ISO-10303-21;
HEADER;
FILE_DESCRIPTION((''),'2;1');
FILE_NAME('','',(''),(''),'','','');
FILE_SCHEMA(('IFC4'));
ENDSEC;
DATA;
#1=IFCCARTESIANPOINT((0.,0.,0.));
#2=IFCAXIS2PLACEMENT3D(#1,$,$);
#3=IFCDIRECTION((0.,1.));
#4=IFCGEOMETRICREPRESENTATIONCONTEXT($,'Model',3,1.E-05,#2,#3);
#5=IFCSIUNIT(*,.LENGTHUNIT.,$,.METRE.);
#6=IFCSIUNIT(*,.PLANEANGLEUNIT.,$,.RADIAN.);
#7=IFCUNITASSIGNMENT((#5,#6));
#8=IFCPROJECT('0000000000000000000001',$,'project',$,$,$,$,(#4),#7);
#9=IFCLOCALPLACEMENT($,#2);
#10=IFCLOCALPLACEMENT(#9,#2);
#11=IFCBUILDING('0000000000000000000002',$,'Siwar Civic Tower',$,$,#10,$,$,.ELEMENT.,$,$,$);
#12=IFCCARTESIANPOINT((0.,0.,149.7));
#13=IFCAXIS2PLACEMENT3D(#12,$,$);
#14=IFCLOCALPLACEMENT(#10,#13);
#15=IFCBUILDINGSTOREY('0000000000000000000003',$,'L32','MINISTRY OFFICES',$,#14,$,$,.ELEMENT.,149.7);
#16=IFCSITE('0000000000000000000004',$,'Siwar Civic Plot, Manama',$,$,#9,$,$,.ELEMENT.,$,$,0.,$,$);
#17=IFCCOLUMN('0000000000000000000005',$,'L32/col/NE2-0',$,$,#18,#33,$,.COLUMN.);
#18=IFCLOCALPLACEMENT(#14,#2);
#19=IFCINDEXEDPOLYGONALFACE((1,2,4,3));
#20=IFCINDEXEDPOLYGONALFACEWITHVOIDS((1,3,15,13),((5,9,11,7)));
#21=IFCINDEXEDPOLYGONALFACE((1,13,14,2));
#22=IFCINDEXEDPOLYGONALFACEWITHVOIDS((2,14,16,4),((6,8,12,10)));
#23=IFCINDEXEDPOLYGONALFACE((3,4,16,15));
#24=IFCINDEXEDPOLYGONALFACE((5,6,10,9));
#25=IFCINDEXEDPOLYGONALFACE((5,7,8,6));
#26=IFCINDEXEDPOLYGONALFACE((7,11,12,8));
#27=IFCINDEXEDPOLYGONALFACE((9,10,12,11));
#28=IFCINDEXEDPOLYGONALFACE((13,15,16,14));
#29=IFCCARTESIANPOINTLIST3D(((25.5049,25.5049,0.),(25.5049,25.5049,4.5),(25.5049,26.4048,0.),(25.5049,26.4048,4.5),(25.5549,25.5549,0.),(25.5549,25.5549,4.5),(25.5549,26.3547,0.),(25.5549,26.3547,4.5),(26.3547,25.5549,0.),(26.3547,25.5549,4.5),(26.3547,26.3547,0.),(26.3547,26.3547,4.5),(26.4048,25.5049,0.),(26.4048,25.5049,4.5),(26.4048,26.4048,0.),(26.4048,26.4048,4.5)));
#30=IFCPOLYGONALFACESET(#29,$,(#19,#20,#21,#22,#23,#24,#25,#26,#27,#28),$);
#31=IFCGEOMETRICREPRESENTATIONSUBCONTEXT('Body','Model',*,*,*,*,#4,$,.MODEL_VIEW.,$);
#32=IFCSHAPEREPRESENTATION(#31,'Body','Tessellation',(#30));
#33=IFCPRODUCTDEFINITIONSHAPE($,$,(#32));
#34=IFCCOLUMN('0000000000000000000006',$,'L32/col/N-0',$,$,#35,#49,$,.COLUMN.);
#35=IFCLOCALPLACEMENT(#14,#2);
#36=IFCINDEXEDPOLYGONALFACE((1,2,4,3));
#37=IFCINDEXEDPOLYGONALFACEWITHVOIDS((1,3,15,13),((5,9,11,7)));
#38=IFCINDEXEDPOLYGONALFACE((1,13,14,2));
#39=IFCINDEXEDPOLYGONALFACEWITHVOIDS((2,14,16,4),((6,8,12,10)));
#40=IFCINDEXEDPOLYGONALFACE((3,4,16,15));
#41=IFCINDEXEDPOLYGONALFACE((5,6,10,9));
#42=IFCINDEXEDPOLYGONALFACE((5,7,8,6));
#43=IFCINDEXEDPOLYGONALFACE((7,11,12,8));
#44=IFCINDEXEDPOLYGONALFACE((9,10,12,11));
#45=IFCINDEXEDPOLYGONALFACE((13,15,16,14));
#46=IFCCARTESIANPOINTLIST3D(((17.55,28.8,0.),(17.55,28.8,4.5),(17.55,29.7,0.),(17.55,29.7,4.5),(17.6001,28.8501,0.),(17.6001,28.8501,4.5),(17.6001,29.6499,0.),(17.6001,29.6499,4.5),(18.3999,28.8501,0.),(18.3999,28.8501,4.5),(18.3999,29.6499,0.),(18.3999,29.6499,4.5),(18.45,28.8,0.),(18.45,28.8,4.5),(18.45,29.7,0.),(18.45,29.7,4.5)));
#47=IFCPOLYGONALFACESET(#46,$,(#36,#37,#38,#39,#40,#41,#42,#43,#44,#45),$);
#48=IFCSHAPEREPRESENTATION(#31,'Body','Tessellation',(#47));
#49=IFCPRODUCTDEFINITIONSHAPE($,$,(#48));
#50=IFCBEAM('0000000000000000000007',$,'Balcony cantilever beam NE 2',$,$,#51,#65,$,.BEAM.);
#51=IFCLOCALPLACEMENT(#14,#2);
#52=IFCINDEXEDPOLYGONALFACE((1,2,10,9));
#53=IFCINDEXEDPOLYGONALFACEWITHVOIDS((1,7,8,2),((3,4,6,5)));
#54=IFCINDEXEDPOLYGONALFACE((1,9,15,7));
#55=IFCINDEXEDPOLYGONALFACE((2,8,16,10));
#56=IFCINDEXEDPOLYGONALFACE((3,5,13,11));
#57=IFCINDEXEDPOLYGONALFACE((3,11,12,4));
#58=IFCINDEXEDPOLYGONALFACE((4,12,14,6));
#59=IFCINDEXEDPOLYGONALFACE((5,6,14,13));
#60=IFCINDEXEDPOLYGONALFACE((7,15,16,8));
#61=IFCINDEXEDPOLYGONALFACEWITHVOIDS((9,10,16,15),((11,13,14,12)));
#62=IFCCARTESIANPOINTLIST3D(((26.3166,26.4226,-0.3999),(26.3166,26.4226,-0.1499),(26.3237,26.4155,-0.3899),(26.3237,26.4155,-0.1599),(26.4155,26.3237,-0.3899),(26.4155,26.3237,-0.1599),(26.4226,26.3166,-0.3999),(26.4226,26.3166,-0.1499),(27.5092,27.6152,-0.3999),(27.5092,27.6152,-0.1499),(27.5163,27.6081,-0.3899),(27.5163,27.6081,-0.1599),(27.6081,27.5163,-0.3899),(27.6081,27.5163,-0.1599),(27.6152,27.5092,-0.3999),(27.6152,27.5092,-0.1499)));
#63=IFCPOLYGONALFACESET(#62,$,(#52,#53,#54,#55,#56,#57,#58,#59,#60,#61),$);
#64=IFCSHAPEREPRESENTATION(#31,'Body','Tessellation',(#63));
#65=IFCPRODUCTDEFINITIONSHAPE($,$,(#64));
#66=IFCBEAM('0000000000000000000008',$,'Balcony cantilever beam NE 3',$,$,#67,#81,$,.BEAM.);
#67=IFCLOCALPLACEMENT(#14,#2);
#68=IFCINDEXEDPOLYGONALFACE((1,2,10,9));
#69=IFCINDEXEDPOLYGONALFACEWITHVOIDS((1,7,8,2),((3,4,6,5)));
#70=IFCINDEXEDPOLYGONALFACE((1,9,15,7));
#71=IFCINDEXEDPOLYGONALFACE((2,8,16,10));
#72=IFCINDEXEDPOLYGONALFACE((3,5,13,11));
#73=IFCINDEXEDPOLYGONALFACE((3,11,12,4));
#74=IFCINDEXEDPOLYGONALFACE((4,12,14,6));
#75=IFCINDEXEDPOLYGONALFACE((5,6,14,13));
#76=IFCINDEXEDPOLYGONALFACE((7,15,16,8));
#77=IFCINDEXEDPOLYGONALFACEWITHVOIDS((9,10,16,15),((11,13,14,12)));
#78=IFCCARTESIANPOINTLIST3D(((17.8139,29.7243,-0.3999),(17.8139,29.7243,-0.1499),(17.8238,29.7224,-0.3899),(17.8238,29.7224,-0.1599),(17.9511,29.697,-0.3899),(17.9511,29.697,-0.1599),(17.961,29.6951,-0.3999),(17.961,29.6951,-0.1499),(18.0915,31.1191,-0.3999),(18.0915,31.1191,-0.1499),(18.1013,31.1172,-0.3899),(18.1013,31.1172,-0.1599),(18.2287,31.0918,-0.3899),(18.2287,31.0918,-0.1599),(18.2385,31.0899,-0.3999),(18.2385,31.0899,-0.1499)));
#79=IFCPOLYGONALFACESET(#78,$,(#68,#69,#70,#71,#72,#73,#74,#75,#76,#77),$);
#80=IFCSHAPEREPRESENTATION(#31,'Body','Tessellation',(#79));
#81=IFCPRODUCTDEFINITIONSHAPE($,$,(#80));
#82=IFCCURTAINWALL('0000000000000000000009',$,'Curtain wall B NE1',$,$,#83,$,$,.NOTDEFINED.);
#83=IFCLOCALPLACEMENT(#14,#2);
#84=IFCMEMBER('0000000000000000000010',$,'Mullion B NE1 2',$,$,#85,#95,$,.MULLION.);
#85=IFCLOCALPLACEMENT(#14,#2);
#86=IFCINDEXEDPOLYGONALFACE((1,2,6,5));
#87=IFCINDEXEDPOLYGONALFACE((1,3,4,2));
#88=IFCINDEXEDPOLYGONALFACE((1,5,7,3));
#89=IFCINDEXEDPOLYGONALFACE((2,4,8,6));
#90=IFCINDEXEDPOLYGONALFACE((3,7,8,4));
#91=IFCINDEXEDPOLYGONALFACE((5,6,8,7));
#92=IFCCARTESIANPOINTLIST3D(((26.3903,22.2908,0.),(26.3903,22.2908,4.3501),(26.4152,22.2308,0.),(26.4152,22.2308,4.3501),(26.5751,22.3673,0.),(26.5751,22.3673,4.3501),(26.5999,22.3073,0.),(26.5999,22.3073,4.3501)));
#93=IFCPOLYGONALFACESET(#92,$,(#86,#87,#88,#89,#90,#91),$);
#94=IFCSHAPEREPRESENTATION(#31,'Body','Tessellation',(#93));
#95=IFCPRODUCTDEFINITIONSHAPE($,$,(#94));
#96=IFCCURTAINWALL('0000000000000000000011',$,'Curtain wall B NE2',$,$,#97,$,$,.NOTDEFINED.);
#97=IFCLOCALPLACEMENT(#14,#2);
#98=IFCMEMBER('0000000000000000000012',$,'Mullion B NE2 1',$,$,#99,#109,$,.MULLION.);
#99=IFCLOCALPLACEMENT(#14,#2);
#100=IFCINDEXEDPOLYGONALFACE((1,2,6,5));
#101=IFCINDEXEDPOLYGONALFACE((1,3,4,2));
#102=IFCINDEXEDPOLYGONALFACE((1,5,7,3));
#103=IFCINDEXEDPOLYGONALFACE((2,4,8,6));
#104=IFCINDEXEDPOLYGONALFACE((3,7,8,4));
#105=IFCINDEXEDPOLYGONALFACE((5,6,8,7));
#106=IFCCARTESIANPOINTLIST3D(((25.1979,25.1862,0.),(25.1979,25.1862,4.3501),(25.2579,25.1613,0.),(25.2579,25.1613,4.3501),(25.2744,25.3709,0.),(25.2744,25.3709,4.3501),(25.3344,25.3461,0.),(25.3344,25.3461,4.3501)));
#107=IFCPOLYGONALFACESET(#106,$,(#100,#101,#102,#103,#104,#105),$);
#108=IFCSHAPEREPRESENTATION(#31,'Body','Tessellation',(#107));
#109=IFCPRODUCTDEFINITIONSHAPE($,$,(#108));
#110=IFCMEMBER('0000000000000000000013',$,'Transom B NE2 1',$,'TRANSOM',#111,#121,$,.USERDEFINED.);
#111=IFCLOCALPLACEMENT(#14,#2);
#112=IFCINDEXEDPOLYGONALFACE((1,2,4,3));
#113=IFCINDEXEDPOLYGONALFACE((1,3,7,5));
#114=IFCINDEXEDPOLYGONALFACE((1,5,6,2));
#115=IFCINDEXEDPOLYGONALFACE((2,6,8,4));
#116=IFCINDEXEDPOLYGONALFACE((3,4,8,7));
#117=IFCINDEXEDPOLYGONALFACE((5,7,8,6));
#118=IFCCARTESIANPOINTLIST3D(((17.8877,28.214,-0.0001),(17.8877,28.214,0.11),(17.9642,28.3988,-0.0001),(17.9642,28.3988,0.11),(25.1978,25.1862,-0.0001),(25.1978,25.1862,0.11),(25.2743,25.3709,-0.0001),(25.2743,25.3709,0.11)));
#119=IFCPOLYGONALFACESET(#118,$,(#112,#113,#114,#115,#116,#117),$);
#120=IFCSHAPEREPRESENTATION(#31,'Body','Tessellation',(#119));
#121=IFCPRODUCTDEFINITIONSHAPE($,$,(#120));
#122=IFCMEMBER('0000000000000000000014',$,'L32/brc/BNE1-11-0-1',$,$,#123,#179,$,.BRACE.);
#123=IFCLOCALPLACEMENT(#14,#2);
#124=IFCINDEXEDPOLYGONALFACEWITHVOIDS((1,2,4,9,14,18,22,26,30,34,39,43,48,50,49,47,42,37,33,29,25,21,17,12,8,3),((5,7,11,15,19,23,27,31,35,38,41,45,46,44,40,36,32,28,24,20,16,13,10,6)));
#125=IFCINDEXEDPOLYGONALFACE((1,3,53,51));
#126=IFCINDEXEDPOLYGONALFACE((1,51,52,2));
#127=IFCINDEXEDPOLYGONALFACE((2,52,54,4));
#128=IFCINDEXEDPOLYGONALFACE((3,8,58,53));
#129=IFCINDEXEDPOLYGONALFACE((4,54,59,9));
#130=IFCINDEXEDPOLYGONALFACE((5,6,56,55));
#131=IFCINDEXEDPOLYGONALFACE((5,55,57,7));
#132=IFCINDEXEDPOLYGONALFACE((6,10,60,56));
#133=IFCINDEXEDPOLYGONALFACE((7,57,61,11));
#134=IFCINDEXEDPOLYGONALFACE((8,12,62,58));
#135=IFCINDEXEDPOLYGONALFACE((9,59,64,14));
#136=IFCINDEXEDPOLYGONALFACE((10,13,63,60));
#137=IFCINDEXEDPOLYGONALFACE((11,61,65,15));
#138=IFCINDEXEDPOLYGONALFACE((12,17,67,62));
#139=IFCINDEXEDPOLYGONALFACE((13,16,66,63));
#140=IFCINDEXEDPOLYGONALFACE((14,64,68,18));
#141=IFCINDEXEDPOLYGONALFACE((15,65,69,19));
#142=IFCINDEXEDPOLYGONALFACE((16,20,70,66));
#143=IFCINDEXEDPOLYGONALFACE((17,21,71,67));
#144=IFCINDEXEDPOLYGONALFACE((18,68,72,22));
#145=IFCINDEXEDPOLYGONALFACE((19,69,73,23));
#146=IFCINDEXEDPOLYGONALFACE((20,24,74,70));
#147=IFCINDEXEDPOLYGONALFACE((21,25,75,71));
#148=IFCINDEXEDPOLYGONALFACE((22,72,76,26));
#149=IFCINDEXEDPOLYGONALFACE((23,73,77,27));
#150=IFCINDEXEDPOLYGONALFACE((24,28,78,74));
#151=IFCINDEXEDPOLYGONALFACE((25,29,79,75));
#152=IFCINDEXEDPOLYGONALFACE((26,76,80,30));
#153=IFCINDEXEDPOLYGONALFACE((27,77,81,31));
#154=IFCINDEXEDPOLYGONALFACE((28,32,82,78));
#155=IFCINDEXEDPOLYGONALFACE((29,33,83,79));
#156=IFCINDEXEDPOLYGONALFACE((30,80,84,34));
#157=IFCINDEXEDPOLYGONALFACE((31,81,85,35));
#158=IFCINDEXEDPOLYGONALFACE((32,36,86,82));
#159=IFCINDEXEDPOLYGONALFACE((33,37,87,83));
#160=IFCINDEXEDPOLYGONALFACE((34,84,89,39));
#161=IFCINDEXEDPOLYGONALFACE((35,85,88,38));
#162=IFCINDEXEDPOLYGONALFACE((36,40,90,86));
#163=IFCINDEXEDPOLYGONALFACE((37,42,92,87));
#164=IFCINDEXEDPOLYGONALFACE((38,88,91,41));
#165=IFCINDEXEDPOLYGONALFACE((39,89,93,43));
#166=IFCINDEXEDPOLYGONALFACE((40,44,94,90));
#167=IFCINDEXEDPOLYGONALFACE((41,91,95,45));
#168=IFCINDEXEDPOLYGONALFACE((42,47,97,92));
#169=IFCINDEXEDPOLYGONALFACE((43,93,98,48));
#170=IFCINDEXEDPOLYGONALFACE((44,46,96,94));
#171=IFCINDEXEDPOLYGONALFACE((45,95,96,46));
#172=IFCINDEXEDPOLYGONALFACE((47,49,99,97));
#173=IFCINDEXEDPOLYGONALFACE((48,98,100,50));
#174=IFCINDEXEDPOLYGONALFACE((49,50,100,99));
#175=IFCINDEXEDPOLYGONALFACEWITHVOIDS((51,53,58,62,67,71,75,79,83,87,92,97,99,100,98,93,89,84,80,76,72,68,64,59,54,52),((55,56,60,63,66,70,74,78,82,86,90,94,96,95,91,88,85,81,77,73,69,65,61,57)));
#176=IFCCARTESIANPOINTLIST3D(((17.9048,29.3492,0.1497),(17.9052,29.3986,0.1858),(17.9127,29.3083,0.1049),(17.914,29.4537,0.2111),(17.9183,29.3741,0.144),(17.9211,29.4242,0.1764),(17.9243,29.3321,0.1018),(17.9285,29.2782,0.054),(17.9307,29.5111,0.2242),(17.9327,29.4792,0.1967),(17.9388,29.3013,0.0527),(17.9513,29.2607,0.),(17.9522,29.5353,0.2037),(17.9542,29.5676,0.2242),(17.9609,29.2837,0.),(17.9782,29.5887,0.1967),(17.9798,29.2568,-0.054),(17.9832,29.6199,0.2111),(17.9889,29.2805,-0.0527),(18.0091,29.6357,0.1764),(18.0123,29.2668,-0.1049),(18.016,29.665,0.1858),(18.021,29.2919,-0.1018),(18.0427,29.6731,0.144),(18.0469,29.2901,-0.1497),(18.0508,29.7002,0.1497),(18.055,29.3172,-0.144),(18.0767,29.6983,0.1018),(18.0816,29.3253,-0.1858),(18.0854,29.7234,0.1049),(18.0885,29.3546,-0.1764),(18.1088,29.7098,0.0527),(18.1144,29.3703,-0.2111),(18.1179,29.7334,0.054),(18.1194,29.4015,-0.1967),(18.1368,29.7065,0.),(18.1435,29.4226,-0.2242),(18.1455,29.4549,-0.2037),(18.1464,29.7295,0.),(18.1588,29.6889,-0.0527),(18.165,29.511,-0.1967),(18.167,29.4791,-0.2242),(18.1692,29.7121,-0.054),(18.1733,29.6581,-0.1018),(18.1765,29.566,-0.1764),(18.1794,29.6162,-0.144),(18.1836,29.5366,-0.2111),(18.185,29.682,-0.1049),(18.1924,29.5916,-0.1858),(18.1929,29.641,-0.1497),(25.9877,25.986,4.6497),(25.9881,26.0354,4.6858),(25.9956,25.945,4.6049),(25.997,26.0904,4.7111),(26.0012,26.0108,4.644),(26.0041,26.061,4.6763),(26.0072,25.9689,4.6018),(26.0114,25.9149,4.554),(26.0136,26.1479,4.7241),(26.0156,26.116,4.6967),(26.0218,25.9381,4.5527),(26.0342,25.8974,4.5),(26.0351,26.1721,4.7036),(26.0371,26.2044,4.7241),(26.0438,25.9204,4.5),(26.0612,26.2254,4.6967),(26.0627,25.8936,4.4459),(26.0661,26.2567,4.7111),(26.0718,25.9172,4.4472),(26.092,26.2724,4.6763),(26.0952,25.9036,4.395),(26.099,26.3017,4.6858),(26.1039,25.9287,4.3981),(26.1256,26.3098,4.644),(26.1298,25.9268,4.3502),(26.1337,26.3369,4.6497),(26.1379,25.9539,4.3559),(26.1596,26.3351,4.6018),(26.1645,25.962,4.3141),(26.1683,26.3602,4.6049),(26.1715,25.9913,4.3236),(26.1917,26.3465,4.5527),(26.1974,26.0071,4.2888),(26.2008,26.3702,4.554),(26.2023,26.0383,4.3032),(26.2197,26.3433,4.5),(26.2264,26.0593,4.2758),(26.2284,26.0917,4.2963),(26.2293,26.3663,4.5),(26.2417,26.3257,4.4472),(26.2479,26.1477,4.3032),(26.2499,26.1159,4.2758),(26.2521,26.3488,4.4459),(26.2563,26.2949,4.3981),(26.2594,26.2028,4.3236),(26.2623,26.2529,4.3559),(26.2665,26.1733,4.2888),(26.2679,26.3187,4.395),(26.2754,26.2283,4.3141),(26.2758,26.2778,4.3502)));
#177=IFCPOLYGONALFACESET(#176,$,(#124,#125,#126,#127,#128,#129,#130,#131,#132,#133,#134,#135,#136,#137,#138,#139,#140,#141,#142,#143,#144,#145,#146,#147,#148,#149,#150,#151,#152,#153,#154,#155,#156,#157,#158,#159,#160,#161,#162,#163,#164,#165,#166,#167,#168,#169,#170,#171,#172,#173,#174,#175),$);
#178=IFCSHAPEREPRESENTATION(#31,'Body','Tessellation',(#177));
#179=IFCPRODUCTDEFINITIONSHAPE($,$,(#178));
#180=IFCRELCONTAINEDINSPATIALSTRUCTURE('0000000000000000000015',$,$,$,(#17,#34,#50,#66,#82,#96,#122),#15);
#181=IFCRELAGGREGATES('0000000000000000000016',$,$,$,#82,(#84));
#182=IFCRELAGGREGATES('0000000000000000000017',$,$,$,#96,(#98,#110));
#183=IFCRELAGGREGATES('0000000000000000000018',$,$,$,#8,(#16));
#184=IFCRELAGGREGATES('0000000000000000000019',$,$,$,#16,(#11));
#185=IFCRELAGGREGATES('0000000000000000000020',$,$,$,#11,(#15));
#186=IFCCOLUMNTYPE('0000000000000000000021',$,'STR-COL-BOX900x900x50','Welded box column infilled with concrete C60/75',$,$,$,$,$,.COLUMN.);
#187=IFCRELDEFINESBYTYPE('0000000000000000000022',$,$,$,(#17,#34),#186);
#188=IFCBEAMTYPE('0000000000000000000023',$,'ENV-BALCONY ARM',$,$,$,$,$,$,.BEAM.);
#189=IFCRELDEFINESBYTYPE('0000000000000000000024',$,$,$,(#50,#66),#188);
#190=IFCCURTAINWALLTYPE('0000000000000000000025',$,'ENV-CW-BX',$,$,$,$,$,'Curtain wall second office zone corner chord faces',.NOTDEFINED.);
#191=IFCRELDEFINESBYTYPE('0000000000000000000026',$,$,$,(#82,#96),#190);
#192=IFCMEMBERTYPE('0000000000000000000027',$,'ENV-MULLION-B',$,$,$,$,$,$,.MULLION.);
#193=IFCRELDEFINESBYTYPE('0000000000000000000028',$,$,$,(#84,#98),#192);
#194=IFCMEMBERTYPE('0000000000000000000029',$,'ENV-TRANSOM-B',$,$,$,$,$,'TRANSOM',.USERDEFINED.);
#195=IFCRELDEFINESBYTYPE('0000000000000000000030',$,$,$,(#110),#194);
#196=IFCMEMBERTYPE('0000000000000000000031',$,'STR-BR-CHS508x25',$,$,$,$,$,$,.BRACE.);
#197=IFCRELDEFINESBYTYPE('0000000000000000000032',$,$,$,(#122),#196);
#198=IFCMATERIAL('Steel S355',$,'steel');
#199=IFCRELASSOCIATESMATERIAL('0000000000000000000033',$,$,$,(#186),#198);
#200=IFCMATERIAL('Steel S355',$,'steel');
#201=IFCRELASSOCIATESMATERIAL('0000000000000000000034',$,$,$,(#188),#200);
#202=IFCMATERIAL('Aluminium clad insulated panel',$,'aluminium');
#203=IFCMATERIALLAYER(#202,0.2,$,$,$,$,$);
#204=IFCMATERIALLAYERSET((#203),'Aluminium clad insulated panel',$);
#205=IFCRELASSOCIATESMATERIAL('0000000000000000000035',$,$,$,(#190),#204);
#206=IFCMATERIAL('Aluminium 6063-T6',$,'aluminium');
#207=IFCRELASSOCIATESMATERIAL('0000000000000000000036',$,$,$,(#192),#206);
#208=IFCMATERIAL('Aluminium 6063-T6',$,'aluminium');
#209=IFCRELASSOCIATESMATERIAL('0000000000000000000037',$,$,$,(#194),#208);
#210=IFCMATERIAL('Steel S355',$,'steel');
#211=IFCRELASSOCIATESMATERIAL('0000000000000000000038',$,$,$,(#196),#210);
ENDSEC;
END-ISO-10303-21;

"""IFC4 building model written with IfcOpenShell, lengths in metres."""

from ifc_helpers import new_model, si_unit, direction, frame, origin, origin_2d, place, context, subcontext, project, spatial, rectangle, hollow_rectangle, hollow_circle, extrude, material, layer, layer_set, material_profile, profile_set, type_object, element, aggregate, save


model = new_model("IFC4")

# Units and contexts
model_context = context("Model", 3, precision=1e-05, world=origin(), true_north=direction((0.0, 1.0)))
body_context = subcontext(model_context, "Body", "Model", "MODEL_VIEW")
ifc_project = project(units=[si_unit("LENGTHUNIT", "METRE"), si_unit("PLANEANGLEUNIT", "RADIAN")], contexts=[model_context])

# Site, building, storey
site_placement = place(None, origin())
site = spatial("IfcSite", under=ifc_project, at=site_placement, Name="Siwar Civic Plot, Manama", CompositionType="ELEMENT", RefElevation=0.0)
building_placement = place(site_placement, origin())
building = spatial("IfcBuilding", under=site, at=building_placement, Name="Siwar Civic Tower", CompositionType="ELEMENT")
storey_placement = place(building_placement, frame((0.0, 0.0, 149.7)))
storey = spatial("IfcBuildingStorey", under=building, at=storey_placement, Name="L32", Description="MINISTRY OFFICES", CompositionType="ELEMENT", Elevation=149.7)

# Columns
ifc_material_1 = material(Name="Steel S355", Category="steel")
ifc_material_profile_1 = material_profile(ifc_material_1, hollow_rectangle(XDim=0.8999, YDim=0.8999, WallThickness=0.05, at=origin_2d()), Name="BOX900x900x50")
ifc_profile_set_1 = profile_set([ifc_material_profile_1], Name="Steel S355")
column_type = type_object("IfcColumnType", Name="STR-COL-BOX900x900x50", Description="Welded box column infilled with concrete C60/75", PredefinedType="COLUMN", material=ifc_profile_set_1)
for number, where, z_axis, x_axis, name in (
    (1, (25.9548, 25.9548, 0.0), (0.0, 0.0, 1.0), (1.0, 0.0, 0.0), "L32/col/NE2-0"),
    (2, (18.0, 29.25, 0.0), (0.0, 0.0, 1.0), (1.0, 0.0, 0.0), "L32/col/N-0"),
):
    element("IfcColumn", number, at=place(storey_placement, frame(where, z_axis=z_axis, x_axis=x_axis)), inside=storey, type_object=column_type, Name=name, PredefinedType="COLUMN", context=body_context, shape_type="SweptSolid", body=[
        extrude(hollow_rectangle(XDim=0.8999, YDim=0.8999, WallThickness=0.05, at=origin_2d()), origin(), (0.0, 0.0, 1.0), 4.5),
    ])

# Beams
ifc_material_2 = material(Name="Steel S355", Category="steel")
ifc_material_profile_2 = material_profile(ifc_material_2, hollow_rectangle(XDim=0.1499, YDim=0.25, WallThickness=0.01, at=origin_2d()), Name="RHS250x150x10")
ifc_profile_set_2 = profile_set([ifc_material_profile_2], Name="Steel S355")
beam_type_1 = type_object("IfcBeamType", Name="ENV-BALCONY ARM", PredefinedType="BEAM", material=ifc_profile_set_2)
beam_1_placement = place(storey_placement, frame((26.3696, 26.3696, -0.2749), z_axis=(0.707107, 0.707107, 0.0), x_axis=(-0.707107, 0.707107, 0.0)))
element("IfcBeam", 3, at=beam_1_placement, inside=storey, type_object=beam_type_1, Name="Balcony cantilever beam NE 2", PredefinedType="BEAM", context=body_context, shape_type="SweptSolid", body=[
    extrude(hollow_rectangle(XDim=0.1499, YDim=0.25, WallThickness=0.01, at=origin_2d()), origin(), (0.0, 0.0, 1.0), 1.6865),
])
beam_2_placement = place(storey_placement, frame((17.8875, 29.7097, -0.2749), z_axis=(0.195192, 0.980765, 0.0), x_axis=(-0.980765, 0.195192, 0.0)))
element("IfcBeam", 4, at=beam_2_placement, inside=storey, type_object=beam_type_1, Name="Balcony cantilever beam NE 3", PredefinedType="BEAM", context=body_context, shape_type="SweptSolid", body=[
    extrude(hollow_rectangle(XDim=0.1499, YDim=0.25, WallThickness=0.01, at=origin_2d()), origin(), (0.0, 0.0, 1.0), 1.4221),
])

# Curtain wall, member
ifc_material_3 = material(Name="Aluminium clad insulated panel", Category="aluminium")
ifc_layer_1 = layer(ifc_material_3, 0.2)
ifc_layer_set_1 = layer_set([ifc_layer_1], Name="Aluminium clad insulated panel")
curtain_wall_type = type_object("IfcCurtainWallType", Name="ENV-CW-BX", ElementType="Curtain wall second office zone corner chord faces", PredefinedType="NOTDEFINED", material=ifc_layer_set_1)
curtain_wall_1_placement = place(storey_placement, origin())
curtain_wall_1 = element("IfcCurtainWall", 5, at=curtain_wall_1_placement, inside=storey, type_object=curtain_wall_type, Name="Curtain wall B NE1", PredefinedType="NOTDEFINED")
ifc_material_4 = material(Name="Aluminium 6063-T6", Category="aluminium")
ifc_material_profile_3 = material_profile(ifc_material_4, rectangle(XDim=0.2, YDim=0.0649, at=origin_2d()), Name="AL 200x65")
ifc_profile_set_3 = profile_set([ifc_material_profile_3], Name="Aluminium 6063-T6")
member_type_1 = type_object("IfcMemberType", Name="ENV-MULLION-B", PredefinedType="MULLION", material=ifc_profile_set_3)
member_1_placement = place(storey_placement, frame((26.4951, 22.2991, 0.0), z_axis=(0.0, 0.0, 1.0), x_axis=(-0.92388, -0.382683, 0.0)))
member_1 = element("IfcMember", 6, at=member_1_placement, type_object=member_type_1, Name="Mullion B NE1 2", PredefinedType="MULLION", context=body_context, shape_type="SweptSolid", body=[
    extrude(rectangle(XDim=0.2, YDim=0.0649, at=origin_2d()), origin(), (0.0, 0.0, 1.0), 4.3501),
])
aggregate(curtain_wall_1, [member_1])

# Curtain wall, members
curtain_wall_2_placement = place(storey_placement, origin())
curtain_wall_2 = element("IfcCurtainWall", 7, at=curtain_wall_2_placement, inside=storey, type_object=curtain_wall_type, Name="Curtain wall B NE2", PredefinedType="NOTDEFINED")
member_2_placement = place(storey_placement, frame((25.2661, 25.2661, 0.0), z_axis=(0.0, 0.0, 1.0), x_axis=(-0.382683, -0.92388, 0.0)))
member_2 = element("IfcMember", 8, at=member_2_placement, type_object=member_type_1, Name="Mullion B NE2 1", PredefinedType="MULLION", context=body_context, shape_type="SweptSolid", body=[
    extrude(rectangle(XDim=0.2, YDim=0.0649, at=origin_2d()), origin(), (0.0, 0.0, 1.0), 4.3501),
])
ifc_material_5 = material(Name="Aluminium 6063-T6", Category="aluminium")
ifc_material_profile_4 = material_profile(ifc_material_5, rectangle(XDim=0.2, YDim=0.1101, at=origin_2d()), Name="AL 200x110")
ifc_profile_set_4 = profile_set([ifc_material_profile_4], Name="Aluminium 6063-T6")
member_type_2 = type_object("IfcMemberType", Name="ENV-TRANSOM-B", ElementType="TRANSOM", PredefinedType="USERDEFINED", material=ifc_profile_set_4)
member_3_placement = place(storey_placement, frame((25.2361, 25.2786, 0.0549), z_axis=(-0.923884, 0.382673, 0.0), x_axis=(-0.382673, -0.923884, 0.0)))
member_3 = element("IfcMember", 9, at=member_3_placement, type_object=member_type_2, Name="Transom B NE2 1", ObjectType="TRANSOM", PredefinedType="USERDEFINED", context=body_context, shape_type="SweptSolid", body=[
    extrude(rectangle(XDim=0.2, YDim=0.1101, at=origin_2d()), origin(), (0.0, 0.0, 1.0), 7.9124),
])

# Member
ifc_material_6 = material(Name="Steel S355", Category="steel")
ifc_material_profile_5 = material_profile(ifc_material_6, hollow_circle(Radius=0.2539, WallThickness=0.0249, at=origin_2d()), Name="CHS508x25")
ifc_profile_set_5 = profile_set([ifc_material_profile_5], Name="Steel S355")
member_type_3 = type_object("IfcMemberType", Name="STR-BR-CHS508x25", PredefinedType="BRACE", material=ifc_profile_set_5)
member_4_placement = place(storey_placement, frame((18.0488, 29.4951, 0.0), z_axis=(0.821143, -0.341671, 0.457149), x_axis=(0.384164, 0.923265, 0.0)))
element("IfcMember", 10, at=member_4_placement, inside=storey, type_object=member_type_3, Name="L32/brc/BNE1-11-0-1", PredefinedType="BRACE", context=body_context, shape_type="SweptSolid", body=[
    extrude(hollow_circle(Radius=0.2539, WallThickness=0.0249, at=origin_2d()), origin(), (0.0, 0.0, 1.0), 9.8435),
])

aggregate(curtain_wall_2, [member_2, member_3])

save(model, "model.ifc")
